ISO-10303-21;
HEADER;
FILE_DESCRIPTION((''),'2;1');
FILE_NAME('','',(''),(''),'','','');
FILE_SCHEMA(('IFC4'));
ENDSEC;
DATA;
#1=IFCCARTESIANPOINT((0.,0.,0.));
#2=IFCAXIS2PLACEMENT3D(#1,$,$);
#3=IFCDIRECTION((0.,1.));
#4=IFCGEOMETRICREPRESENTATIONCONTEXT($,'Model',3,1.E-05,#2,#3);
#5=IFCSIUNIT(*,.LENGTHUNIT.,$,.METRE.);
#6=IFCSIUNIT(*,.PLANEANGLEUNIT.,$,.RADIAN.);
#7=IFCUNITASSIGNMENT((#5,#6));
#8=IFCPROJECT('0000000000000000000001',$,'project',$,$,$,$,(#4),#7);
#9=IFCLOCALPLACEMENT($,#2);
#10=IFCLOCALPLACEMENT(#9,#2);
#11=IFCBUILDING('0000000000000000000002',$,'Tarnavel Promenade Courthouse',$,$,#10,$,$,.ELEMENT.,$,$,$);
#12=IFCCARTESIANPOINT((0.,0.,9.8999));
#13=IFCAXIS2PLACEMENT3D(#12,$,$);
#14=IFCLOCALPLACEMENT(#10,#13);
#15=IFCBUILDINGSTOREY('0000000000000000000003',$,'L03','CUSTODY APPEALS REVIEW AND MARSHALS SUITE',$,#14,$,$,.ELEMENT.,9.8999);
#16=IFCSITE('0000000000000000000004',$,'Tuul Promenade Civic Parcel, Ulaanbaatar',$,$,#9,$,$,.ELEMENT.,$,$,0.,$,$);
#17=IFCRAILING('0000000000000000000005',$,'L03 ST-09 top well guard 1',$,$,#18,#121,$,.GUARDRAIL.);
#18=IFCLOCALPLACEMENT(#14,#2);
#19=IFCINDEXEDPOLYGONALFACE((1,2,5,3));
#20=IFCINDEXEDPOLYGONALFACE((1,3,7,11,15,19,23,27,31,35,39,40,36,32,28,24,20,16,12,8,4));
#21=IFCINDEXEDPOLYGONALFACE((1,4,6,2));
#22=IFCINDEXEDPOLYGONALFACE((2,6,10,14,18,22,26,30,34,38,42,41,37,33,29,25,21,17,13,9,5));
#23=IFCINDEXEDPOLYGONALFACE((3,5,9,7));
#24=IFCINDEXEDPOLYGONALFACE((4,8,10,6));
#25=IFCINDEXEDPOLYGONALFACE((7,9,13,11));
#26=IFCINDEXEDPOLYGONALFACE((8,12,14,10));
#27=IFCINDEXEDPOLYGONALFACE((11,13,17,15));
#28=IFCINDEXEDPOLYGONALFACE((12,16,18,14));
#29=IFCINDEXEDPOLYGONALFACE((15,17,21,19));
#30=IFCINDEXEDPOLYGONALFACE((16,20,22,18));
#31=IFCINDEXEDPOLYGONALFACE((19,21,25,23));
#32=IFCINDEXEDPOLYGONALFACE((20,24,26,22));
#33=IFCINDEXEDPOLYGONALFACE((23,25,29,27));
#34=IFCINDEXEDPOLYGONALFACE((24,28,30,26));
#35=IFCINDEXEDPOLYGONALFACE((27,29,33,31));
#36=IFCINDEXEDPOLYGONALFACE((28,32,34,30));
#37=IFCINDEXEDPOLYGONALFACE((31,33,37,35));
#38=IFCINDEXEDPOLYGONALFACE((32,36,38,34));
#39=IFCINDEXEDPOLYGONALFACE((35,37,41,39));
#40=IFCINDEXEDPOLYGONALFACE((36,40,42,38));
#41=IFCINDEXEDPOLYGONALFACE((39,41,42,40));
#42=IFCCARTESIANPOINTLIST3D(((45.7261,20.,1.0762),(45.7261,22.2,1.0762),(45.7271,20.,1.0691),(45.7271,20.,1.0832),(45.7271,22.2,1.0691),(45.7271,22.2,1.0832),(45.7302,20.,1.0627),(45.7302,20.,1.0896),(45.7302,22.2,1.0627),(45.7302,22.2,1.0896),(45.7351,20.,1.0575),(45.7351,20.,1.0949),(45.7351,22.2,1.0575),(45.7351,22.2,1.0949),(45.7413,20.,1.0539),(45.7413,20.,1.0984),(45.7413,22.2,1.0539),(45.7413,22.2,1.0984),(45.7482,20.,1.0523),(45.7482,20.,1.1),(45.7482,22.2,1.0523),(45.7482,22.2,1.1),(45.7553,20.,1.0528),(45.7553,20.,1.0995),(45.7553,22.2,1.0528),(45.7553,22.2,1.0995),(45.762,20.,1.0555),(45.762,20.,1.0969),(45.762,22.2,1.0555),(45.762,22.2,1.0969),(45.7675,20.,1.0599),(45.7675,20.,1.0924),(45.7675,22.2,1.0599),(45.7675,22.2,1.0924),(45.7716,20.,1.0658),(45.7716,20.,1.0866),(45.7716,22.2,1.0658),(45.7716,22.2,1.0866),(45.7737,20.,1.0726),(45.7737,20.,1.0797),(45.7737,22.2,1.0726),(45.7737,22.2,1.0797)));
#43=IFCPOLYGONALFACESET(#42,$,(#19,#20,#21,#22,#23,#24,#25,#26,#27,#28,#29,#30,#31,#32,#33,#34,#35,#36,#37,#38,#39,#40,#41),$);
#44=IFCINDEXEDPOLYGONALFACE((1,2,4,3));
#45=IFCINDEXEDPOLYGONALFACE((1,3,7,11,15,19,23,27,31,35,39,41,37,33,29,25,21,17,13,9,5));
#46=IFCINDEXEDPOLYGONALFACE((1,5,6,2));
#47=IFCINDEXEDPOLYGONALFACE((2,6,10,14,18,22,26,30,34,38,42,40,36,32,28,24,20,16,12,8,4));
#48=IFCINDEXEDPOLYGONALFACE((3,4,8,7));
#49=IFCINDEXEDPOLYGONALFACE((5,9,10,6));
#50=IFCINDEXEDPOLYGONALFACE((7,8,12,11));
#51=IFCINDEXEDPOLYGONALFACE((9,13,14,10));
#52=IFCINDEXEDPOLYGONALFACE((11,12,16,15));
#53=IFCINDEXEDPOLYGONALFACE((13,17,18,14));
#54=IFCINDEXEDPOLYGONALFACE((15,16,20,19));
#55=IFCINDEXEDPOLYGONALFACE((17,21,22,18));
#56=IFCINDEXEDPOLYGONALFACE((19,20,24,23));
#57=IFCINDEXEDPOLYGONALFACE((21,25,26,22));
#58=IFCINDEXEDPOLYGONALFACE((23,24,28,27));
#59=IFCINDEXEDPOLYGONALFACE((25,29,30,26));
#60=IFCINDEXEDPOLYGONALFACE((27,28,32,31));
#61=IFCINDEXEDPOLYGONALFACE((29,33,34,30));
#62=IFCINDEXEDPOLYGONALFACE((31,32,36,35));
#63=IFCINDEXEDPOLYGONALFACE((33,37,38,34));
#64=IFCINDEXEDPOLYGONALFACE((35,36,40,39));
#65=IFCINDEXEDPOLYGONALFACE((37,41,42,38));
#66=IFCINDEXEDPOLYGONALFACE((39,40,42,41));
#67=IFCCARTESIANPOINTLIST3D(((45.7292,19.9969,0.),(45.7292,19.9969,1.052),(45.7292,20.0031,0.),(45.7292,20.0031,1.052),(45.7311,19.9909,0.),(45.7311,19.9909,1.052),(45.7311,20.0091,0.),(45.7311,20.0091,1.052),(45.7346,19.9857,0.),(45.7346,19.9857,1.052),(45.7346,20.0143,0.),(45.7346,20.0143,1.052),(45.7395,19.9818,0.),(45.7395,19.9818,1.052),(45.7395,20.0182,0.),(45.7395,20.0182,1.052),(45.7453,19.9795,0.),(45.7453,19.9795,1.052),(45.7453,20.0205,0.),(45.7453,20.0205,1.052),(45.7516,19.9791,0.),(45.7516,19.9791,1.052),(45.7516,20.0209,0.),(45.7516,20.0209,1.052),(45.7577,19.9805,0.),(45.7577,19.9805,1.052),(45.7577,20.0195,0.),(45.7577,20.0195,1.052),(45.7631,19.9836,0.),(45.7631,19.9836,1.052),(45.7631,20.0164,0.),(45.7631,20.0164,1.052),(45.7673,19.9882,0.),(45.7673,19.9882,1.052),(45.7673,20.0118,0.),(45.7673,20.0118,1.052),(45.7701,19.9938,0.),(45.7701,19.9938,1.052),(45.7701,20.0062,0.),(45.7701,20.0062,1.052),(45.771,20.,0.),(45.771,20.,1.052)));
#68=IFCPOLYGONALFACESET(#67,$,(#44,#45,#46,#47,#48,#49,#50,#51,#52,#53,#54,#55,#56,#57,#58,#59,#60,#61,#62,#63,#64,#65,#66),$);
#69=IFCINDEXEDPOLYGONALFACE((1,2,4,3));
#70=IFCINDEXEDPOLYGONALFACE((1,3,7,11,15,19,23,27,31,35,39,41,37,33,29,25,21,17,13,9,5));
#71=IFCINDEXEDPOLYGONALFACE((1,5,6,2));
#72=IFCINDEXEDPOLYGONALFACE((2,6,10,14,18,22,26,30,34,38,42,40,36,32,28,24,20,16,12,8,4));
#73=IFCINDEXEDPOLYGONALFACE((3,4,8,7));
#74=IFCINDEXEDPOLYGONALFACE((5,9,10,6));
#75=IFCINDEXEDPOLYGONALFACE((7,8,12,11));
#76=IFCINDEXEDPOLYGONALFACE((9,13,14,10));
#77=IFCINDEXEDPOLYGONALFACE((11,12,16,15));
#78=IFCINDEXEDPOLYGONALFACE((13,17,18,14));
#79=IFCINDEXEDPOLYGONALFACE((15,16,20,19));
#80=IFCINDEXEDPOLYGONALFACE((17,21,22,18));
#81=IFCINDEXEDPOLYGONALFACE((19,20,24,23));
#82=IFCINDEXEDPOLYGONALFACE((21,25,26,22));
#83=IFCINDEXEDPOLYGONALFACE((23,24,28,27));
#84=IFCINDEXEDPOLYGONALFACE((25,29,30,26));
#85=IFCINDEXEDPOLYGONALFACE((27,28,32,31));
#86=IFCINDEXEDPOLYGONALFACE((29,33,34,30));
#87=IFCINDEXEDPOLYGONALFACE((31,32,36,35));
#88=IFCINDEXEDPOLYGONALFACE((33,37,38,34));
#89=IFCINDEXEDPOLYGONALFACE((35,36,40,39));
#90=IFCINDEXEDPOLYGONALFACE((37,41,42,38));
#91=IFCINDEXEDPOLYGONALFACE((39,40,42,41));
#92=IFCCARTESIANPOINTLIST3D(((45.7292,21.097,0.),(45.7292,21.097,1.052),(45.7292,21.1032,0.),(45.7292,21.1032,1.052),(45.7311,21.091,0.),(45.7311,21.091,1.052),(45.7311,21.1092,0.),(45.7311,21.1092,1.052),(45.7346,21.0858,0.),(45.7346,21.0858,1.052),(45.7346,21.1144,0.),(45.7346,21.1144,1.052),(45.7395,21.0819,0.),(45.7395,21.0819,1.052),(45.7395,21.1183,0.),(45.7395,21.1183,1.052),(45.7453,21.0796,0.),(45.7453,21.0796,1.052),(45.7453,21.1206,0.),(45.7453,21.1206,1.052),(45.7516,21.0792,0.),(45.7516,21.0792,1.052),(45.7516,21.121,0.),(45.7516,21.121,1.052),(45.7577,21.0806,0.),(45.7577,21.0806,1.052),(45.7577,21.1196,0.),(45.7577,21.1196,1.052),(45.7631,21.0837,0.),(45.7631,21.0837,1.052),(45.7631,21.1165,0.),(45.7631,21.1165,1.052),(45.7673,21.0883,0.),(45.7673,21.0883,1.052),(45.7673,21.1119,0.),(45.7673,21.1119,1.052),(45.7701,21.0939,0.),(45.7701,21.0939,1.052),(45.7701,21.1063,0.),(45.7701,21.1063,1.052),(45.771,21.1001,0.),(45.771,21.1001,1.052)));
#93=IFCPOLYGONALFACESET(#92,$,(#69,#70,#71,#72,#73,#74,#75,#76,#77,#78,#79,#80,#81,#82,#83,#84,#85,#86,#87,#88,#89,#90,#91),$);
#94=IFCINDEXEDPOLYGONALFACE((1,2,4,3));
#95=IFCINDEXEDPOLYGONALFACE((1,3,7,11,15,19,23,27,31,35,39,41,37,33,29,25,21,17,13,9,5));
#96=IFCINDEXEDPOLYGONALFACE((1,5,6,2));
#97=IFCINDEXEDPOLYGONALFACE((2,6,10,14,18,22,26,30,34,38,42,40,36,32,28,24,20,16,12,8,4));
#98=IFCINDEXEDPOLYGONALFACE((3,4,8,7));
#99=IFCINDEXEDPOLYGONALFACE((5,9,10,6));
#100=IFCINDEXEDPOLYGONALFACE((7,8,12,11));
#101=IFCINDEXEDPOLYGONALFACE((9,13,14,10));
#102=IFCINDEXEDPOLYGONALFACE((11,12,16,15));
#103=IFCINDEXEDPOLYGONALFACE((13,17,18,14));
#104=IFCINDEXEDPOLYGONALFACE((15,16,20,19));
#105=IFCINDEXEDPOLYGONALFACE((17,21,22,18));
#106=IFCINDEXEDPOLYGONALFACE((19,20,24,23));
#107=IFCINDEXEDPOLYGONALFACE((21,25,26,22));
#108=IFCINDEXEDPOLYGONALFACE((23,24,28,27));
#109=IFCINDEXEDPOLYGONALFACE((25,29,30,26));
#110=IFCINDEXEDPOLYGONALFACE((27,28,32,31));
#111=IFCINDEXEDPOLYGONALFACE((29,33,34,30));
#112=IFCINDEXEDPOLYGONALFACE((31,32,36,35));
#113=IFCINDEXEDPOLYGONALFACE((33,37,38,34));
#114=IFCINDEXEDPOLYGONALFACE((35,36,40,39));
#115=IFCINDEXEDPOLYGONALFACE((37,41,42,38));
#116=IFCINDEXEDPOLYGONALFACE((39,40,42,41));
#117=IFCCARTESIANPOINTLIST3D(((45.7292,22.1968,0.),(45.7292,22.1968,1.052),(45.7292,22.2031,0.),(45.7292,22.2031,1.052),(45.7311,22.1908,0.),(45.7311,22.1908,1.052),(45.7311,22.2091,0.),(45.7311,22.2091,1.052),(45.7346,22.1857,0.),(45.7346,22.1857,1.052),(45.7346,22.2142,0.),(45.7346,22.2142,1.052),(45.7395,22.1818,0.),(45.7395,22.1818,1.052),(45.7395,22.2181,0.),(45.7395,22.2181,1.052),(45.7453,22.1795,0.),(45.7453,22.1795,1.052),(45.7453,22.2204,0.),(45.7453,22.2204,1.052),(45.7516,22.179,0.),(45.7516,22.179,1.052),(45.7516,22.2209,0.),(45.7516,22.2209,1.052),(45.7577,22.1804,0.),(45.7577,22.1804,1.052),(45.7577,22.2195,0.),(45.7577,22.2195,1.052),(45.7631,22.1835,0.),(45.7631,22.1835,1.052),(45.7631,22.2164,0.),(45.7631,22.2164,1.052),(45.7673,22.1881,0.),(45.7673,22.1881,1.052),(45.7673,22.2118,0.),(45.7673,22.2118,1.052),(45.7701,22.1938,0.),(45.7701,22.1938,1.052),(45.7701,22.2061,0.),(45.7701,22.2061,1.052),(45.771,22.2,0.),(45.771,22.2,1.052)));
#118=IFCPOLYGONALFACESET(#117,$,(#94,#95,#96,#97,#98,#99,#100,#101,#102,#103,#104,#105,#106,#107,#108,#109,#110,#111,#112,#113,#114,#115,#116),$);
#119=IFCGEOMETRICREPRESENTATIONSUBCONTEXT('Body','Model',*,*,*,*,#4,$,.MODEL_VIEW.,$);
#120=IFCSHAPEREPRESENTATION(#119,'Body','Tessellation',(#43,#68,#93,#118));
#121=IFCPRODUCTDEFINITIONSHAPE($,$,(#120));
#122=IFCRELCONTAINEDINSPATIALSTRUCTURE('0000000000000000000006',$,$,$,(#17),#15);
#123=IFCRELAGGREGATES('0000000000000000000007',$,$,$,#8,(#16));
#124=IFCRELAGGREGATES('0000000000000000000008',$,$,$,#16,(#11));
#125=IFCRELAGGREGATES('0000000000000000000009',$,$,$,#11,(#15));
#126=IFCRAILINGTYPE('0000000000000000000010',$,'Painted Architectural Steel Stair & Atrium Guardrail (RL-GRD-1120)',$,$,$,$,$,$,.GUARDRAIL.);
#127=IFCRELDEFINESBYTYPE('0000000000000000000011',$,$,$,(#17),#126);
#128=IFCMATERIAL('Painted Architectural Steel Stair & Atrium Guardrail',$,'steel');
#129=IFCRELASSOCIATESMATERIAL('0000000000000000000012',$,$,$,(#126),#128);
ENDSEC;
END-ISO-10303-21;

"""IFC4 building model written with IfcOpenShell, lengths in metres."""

from ifc_helpers import new_model, si_unit, direction, frame, origin, origin_2d, place, context, subcontext, project, spatial, circle, extrude, material, type_object, element, save


model = new_model("IFC4")

# Units and contexts
model_context = context("Model", 3, precision=1e-05, world=origin(), true_north=direction((0.0, 1.0)))
body_context = subcontext(model_context, "Body", "Model", "MODEL_VIEW")
ifc_project = project(units=[si_unit("LENGTHUNIT", "METRE"), si_unit("PLANEANGLEUNIT", "RADIAN")], contexts=[model_context])

# Site, building, storey
site_placement = place(None, origin())
site = spatial("IfcSite", under=ifc_project, at=site_placement, Name="Tuul Promenade Civic Parcel, Ulaanbaatar", CompositionType="ELEMENT", RefElevation=0.0)
building_placement = place(site_placement, origin())
building = spatial("IfcBuilding", under=site, at=building_placement, Name="Tarnavel Promenade Courthouse", CompositionType="ELEMENT")
storey_placement = place(building_placement, frame((0.0, 0.0, 9.8999)))
storey = spatial("IfcBuildingStorey", under=building, at=storey_placement, Name="L03", Description="CUSTODY APPEALS REVIEW AND MARSHALS SUITE", CompositionType="ELEMENT", Elevation=9.8999)

# Railing
ifc_material_1 = material(Name="Painted Architectural Steel Stair & Atrium Guardrail", Category="steel")
railing_type = type_object("IfcRailingType", Name="Painted Architectural Steel Stair & Atrium Guardrail (RL-GRD-1120)", PredefinedType="GUARDRAIL", material=ifc_material_1)
railing_1_placement = place(storey_placement, frame((45.75, 20.0, 0.0)))
element("IfcRailing", 1, at=railing_1_placement, inside=storey, type_object=railing_type, Name="L03 ST-09 top well guard 1", PredefinedType="GUARDRAIL", context=body_context, shape_type="SweptSolid", body=[
    extrude(circle(Radius=0.0239, at=origin_2d()), frame((0.0, 0.0, 1.0762), z_axis=(0.0, 1.0, 0.0), x_axis=(-1.0, 0.0, 0.0)), (0.0, 0.0, 1.0), 2.2),
    extrude(circle(Radius=0.021, at=origin_2d()), origin(), (0.0, 0.0, 1.0), 1.052),
    extrude(circle(Radius=0.021, at=origin_2d()), frame((0.0, 1.1001, 0.0)), (0.0, 0.0, 1.0), 1.052),
    extrude(circle(Radius=0.021, at=origin_2d()), frame((0.0, 2.2, 0.0)), (0.0, 0.0, 1.0), 1.052),
])

save(model, "model.ifc")
